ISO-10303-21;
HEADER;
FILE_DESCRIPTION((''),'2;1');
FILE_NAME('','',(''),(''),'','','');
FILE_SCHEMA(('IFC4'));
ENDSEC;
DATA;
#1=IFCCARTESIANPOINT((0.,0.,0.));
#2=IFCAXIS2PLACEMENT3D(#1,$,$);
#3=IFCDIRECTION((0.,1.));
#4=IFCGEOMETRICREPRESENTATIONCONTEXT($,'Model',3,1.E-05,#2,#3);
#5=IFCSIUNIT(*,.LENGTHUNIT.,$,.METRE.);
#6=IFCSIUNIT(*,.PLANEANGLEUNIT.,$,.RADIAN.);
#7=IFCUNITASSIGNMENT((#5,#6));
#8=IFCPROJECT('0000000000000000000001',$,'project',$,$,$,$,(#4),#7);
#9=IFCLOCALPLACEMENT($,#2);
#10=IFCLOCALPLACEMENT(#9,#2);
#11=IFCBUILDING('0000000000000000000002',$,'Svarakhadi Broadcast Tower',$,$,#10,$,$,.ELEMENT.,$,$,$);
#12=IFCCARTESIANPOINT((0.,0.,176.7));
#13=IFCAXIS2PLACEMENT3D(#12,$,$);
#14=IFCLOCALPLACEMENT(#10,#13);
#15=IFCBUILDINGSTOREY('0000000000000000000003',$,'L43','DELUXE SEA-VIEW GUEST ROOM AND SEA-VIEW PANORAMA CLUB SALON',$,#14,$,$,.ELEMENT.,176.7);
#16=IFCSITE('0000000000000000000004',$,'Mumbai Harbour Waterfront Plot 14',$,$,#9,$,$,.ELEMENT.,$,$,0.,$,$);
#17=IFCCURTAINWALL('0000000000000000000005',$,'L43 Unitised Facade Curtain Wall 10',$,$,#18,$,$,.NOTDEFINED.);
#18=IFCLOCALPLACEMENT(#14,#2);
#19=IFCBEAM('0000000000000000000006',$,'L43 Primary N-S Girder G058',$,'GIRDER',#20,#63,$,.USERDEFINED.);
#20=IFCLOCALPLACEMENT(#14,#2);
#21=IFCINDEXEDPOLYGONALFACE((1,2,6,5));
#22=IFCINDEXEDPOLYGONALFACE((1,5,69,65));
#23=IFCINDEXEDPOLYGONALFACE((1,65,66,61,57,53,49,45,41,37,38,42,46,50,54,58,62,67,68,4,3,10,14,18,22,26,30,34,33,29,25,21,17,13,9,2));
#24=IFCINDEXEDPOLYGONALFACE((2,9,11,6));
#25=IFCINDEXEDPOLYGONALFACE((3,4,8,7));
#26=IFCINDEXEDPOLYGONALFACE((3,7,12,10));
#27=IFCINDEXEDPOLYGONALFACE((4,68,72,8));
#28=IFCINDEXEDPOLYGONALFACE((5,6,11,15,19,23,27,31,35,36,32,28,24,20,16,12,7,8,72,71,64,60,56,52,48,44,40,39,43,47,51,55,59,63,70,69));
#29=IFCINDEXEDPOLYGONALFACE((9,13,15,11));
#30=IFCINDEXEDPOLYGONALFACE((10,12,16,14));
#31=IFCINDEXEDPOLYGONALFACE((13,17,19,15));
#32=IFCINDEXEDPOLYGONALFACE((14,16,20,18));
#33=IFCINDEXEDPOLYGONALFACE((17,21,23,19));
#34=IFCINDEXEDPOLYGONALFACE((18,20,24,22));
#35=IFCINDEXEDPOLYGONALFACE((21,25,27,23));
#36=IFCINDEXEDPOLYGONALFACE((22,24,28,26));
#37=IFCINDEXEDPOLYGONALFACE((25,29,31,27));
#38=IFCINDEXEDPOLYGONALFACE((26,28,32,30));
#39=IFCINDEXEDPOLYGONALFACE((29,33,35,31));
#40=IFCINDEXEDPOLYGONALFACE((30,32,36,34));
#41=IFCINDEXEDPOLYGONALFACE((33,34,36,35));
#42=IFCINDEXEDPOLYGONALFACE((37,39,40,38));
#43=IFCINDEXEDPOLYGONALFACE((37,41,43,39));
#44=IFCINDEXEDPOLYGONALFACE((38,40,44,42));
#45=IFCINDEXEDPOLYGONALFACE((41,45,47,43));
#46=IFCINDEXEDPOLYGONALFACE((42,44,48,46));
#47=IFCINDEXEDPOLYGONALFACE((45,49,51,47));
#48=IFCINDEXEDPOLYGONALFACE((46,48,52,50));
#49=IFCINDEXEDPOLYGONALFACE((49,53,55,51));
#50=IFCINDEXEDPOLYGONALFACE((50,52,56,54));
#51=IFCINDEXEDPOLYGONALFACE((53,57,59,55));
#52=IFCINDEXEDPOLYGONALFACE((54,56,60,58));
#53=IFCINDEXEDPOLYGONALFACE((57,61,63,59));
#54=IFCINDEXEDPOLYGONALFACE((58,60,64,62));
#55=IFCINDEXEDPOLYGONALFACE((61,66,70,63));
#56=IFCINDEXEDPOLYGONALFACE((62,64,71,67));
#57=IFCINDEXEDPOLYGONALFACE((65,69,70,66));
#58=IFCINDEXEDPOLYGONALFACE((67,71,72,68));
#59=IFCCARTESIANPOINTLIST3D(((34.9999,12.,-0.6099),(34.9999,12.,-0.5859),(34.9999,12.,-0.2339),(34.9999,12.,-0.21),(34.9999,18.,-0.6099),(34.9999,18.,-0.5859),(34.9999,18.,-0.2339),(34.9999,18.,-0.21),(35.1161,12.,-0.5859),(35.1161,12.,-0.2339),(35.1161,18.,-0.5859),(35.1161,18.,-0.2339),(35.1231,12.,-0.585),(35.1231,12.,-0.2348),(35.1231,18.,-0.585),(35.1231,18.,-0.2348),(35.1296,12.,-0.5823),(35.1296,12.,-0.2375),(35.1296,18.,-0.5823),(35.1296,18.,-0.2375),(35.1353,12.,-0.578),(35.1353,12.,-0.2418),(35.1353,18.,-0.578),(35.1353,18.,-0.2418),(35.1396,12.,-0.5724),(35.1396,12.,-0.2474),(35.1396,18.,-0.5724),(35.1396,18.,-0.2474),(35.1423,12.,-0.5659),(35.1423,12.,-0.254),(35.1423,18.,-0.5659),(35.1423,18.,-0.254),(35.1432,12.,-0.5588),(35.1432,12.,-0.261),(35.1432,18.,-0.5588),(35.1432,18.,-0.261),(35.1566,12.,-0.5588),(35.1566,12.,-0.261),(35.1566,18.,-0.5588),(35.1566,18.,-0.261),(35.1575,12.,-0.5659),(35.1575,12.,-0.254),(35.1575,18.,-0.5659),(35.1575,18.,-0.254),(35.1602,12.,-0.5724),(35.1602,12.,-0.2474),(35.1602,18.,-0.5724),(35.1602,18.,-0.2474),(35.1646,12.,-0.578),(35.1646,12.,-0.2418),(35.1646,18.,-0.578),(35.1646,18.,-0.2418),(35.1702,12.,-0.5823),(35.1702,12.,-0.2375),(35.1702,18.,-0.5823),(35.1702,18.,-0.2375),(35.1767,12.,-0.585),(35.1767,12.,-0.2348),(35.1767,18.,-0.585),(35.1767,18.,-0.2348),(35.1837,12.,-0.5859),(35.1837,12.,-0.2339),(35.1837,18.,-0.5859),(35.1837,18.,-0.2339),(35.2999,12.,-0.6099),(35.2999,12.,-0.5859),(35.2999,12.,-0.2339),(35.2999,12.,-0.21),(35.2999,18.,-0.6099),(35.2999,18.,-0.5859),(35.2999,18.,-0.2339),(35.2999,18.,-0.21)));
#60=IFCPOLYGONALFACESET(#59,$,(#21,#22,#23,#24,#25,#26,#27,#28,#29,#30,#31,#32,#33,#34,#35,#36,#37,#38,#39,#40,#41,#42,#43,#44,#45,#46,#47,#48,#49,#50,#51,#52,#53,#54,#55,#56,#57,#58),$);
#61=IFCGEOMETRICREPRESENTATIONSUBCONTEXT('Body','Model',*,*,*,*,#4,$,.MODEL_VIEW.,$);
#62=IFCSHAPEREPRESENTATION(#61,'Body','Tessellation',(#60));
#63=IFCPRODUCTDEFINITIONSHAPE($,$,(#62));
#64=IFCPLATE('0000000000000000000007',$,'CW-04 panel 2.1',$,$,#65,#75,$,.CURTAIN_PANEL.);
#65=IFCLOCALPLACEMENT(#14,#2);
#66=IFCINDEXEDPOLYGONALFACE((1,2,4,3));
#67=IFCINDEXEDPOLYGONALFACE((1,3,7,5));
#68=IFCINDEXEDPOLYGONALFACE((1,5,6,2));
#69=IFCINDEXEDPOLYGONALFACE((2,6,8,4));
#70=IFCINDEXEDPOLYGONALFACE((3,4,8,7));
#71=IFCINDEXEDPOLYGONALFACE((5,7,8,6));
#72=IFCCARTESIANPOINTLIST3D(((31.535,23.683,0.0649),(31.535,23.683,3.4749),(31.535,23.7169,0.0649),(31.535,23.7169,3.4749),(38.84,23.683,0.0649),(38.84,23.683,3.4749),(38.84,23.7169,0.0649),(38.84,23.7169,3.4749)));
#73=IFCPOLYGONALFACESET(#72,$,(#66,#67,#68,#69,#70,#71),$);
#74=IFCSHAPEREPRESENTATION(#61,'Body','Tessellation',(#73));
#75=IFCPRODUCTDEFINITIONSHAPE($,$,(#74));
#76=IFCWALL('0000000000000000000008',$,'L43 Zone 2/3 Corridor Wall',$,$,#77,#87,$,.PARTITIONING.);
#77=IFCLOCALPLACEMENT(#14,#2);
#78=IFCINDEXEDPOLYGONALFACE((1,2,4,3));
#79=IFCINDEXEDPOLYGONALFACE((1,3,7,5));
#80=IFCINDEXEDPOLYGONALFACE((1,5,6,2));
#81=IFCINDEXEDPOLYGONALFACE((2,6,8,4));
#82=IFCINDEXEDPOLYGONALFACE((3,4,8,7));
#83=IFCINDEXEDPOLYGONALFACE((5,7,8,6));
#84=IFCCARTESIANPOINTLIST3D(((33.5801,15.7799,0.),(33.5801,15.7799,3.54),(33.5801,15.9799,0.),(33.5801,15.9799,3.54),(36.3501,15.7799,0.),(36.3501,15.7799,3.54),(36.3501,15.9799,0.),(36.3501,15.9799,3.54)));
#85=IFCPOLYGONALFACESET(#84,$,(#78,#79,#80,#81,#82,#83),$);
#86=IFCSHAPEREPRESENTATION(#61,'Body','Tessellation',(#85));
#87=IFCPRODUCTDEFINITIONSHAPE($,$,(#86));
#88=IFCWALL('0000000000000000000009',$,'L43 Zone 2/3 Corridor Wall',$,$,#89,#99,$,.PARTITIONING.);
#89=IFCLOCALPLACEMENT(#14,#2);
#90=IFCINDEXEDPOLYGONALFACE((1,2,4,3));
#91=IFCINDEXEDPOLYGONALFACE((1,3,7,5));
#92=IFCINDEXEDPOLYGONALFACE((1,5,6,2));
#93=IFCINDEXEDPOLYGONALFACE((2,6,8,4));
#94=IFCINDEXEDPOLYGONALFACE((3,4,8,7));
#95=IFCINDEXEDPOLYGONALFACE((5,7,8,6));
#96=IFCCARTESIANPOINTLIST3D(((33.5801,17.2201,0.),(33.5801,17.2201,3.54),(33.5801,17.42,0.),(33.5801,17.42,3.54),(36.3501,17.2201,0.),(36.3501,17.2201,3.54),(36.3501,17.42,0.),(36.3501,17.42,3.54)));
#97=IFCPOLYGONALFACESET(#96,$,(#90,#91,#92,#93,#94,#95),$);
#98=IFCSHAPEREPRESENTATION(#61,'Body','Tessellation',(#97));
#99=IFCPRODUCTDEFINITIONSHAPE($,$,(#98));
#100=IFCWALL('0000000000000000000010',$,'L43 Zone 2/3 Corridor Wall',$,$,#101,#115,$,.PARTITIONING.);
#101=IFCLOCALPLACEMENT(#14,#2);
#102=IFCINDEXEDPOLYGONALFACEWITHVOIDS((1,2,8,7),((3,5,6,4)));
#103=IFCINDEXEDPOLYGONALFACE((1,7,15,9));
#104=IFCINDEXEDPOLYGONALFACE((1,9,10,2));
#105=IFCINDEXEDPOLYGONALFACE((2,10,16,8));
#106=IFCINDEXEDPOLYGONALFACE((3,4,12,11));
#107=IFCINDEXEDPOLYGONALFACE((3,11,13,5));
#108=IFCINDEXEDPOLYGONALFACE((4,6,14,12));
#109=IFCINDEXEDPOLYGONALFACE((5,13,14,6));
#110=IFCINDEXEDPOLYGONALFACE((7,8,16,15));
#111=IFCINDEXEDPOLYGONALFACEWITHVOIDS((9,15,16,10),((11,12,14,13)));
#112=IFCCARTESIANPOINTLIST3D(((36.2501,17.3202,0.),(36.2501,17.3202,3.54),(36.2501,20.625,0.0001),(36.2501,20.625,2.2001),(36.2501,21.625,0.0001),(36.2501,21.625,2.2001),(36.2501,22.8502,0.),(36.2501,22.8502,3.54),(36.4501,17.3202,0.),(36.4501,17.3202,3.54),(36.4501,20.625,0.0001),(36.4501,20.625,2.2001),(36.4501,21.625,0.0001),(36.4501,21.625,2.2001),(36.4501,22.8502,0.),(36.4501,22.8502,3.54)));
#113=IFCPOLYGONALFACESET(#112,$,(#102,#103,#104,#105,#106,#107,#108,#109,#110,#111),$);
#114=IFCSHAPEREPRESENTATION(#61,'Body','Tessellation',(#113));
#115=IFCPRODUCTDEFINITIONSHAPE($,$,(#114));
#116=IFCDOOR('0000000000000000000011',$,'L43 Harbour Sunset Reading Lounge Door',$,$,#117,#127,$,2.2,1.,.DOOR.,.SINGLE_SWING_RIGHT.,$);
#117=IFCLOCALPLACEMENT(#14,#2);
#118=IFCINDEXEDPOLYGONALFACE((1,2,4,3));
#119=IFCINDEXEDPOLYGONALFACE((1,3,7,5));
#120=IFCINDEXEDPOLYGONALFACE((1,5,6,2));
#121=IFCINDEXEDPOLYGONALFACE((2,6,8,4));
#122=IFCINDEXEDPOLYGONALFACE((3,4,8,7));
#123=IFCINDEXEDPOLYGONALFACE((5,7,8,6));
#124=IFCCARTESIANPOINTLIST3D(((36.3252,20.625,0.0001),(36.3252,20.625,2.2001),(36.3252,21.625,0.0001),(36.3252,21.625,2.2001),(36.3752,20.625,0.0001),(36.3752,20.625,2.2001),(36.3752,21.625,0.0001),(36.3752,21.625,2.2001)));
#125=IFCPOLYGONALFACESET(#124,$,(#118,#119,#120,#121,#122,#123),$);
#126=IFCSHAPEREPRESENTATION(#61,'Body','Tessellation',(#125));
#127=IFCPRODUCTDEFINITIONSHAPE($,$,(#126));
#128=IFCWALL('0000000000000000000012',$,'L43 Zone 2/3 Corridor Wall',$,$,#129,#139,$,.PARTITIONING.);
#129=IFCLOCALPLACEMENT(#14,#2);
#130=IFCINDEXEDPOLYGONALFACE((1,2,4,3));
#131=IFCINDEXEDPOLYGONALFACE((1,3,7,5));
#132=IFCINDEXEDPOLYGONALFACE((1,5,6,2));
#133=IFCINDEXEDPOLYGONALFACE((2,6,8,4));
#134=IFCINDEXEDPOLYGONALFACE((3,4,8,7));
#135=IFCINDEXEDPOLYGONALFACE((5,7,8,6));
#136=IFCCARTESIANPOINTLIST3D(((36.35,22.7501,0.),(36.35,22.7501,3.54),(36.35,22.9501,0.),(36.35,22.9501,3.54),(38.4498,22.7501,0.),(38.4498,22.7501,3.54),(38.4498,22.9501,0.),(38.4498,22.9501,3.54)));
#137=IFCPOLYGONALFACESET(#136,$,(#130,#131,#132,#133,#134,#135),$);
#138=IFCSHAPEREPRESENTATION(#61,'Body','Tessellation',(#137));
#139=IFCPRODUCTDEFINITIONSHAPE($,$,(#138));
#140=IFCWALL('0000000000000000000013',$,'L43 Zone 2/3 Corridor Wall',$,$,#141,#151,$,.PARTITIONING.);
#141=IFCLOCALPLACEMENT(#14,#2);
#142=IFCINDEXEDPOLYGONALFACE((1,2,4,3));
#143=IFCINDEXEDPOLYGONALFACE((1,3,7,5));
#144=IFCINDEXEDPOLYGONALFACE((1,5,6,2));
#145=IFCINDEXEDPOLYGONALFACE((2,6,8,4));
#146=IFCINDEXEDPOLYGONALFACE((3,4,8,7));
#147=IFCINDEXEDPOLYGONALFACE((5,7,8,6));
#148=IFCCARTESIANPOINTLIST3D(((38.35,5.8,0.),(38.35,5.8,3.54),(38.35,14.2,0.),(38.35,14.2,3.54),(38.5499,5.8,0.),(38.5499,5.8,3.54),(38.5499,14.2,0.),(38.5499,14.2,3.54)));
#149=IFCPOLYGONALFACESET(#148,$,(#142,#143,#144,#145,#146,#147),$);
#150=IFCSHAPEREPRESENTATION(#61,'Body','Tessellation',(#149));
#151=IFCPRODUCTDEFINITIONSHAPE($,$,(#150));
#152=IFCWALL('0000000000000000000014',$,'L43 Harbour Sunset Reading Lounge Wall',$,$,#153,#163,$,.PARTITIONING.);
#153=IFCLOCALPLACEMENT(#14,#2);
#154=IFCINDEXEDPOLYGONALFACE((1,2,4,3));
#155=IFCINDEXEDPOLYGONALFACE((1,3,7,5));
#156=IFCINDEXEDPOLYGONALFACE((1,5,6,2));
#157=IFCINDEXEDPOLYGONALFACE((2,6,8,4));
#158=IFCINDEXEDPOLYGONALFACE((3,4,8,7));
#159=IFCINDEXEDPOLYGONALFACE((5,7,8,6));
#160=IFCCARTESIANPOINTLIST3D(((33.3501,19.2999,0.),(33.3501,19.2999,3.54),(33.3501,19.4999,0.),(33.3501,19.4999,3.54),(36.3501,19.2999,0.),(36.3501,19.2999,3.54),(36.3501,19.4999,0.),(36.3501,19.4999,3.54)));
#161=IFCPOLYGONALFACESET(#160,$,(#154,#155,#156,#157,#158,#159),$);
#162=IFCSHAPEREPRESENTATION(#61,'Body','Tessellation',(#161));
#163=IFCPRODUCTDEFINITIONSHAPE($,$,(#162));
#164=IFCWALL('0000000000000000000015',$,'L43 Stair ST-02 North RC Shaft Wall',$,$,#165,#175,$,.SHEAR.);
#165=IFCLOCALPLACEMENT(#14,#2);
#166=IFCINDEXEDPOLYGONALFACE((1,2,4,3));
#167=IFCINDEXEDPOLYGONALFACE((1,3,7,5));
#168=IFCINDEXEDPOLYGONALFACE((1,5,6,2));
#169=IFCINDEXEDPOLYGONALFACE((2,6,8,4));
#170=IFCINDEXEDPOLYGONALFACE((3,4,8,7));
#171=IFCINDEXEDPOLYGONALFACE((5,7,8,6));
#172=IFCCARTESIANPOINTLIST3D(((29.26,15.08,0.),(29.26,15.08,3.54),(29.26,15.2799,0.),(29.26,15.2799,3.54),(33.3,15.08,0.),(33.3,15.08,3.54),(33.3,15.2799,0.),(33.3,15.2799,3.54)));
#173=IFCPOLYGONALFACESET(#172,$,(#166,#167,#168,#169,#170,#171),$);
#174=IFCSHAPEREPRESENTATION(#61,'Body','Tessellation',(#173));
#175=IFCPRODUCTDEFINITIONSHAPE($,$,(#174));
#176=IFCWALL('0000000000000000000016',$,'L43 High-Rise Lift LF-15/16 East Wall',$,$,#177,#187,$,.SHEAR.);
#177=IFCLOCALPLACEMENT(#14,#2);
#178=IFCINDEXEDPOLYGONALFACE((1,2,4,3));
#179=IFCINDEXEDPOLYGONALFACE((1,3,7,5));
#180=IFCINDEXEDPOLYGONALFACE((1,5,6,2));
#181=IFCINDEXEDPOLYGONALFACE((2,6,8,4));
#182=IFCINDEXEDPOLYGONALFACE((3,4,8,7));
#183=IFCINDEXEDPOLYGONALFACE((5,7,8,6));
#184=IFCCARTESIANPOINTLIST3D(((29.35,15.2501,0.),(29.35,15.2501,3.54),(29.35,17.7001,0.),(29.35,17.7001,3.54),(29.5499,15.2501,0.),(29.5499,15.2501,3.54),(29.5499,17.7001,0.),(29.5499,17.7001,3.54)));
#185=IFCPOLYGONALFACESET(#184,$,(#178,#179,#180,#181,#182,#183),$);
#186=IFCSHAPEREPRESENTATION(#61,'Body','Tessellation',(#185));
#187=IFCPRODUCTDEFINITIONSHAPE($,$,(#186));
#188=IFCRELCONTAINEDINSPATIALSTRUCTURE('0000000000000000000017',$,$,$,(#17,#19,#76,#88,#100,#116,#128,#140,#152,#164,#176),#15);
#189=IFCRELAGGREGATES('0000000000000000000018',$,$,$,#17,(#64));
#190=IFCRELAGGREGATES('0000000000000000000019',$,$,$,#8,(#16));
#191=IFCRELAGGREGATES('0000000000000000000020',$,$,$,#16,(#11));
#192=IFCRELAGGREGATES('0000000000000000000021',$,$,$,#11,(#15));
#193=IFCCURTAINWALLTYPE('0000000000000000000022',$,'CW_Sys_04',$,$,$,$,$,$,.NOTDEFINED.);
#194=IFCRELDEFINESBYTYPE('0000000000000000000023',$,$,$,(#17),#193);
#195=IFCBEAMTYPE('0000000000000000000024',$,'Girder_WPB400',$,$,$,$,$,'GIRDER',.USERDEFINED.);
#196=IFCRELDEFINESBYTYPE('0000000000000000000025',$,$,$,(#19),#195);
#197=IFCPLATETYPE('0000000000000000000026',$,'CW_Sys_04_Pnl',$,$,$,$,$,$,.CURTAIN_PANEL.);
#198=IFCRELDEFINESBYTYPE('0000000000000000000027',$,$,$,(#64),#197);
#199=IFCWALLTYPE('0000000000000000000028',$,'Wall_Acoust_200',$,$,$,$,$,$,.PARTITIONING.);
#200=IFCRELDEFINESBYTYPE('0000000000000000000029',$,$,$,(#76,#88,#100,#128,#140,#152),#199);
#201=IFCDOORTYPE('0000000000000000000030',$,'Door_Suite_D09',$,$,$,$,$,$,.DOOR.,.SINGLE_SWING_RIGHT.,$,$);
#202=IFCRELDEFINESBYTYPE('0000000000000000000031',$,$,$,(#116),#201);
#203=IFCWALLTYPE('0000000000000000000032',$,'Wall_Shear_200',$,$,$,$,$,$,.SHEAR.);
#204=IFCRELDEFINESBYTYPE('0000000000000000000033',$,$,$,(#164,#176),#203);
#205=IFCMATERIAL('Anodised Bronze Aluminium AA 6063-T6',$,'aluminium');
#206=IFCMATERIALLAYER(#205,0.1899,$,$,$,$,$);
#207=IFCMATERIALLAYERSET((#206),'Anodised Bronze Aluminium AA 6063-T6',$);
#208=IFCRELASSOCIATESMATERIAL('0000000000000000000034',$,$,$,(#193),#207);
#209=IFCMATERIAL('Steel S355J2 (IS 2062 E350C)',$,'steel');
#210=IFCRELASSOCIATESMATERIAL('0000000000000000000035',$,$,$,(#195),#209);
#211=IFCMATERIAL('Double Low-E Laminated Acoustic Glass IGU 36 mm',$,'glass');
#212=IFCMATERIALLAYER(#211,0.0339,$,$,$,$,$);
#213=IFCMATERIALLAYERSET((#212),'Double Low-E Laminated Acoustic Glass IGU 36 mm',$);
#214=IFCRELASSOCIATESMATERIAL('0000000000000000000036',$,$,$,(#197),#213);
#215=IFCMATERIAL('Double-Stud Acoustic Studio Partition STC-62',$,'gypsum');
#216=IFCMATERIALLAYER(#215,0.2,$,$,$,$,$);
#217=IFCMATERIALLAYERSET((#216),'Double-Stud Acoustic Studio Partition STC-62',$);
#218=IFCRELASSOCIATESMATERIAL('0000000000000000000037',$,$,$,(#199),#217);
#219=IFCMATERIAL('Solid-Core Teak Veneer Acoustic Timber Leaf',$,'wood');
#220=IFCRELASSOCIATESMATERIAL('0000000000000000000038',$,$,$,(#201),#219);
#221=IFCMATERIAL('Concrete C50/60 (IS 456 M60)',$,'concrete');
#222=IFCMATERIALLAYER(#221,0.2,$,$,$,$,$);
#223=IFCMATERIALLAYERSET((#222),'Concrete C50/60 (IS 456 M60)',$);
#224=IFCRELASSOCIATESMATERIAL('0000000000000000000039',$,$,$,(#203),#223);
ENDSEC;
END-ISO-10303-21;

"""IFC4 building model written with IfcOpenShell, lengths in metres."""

from ifc_helpers import new_model, si_unit, direction, frame, frame_2d, origin, origin_2d, place, context, subcontext, project, spatial, rectangle, i_section, extrude, material, layer, layer_set, material_profile, profile_set, type_object, element, fill, aggregate, save


model = new_model("IFC4")

# Units and contexts
model_context = context("Model", 3, precision=1e-05, world=origin(), true_north=direction((0.0, 1.0)))
body_context = subcontext(model_context, "Body", "Model", "MODEL_VIEW")
ifc_project = project(units=[si_unit("LENGTHUNIT", "METRE"), si_unit("PLANEANGLEUNIT", "RADIAN")], contexts=[model_context])

# Site, building, storey
site_placement = place(None, origin())
site = spatial("IfcSite", under=ifc_project, at=site_placement, Name="Mumbai Harbour Waterfront Plot 14", CompositionType="ELEMENT", RefElevation=0.0)
building_placement = place(site_placement, origin())
building = spatial("IfcBuilding", under=site, at=building_placement, Name="Svarakhadi Broadcast Tower", CompositionType="ELEMENT")
storey_placement = place(building_placement, frame((0.0, 0.0, 176.7)))
storey = spatial("IfcBuildingStorey", under=building, at=storey_placement, Name="L43", Description="DELUXE SEA-VIEW GUEST ROOM AND SEA-VIEW PANORAMA CLUB SALON", CompositionType="ELEMENT", Elevation=176.7)

# Shared definitions
ifc_material_1 = material(Name="Concrete C50/60 (IS 456 M60)", Category="concrete")

# Shared definitions
ifc_material_2 = material(Name="Steel S355J2 (IS 2062 E350C)", Category="steel")

# Curtain wall
ifc_material_3 = material(Name="Anodised Bronze Aluminium AA 6063-T6", Category="aluminium")
ifc_layer_1 = layer(ifc_material_3, 0.1899)
ifc_layer_set_1 = layer_set([ifc_layer_1], Name="Anodised Bronze Aluminium AA 6063-T6")
curtain_wall_type = type_object("IfcCurtainWallType", Name="CW_Sys_04", PredefinedType="NOTDEFINED", material=ifc_layer_set_1)
curtain_wall_placement = place(storey_placement, origin())
curtain_wall = element("IfcCurtainWall", 1, at=curtain_wall_placement, inside=storey, type_object=curtain_wall_type, Name="L43 Unitised Facade Curtain Wall 10", PredefinedType="NOTDEFINED")

# Beam
ifc_material_profile_1 = material_profile(ifc_material_2, i_section(OverallWidth=0.3, OverallDepth=0.3999, WebThickness=0.0134, FlangeThickness=0.0239, FilletRadius=0.0271, at=origin_2d()), Name="WPB 400x300x155")
ifc_profile_set_1 = profile_set([ifc_material_profile_1], Name="Steel S355J2 (IS 2062 E350C)")
beam_type_1 = type_object("IfcBeamType", Name="Girder_WPB400", ElementType="GIRDER", PredefinedType="USERDEFINED", material=ifc_profile_set_1)
beam_1_placement = place(storey_placement, frame((35.1499, 12.0, -0.4099), z_axis=(0.0, 1.0, 0.0), x_axis=(-1.0, 0.0, 0.0)))
element("IfcBeam", 2, at=beam_1_placement, inside=storey, type_object=beam_type_1, Name="L43 Primary N-S Girder G058", ObjectType="GIRDER", PredefinedType="USERDEFINED", context=body_context, shape_type="SweptSolid", body=[
    extrude(i_section(OverallWidth=0.3, OverallDepth=0.3999, WebThickness=0.0134, FlangeThickness=0.0239, FilletRadius=0.0271, at=origin_2d()), origin(), (0.0, 0.0, 1.0), 6.0),
])

# Plate
ifc_material_4 = material(Name="Double Low-E Laminated Acoustic Glass IGU 36 mm", Category="glass")
ifc_layer_2 = layer(ifc_material_4, 0.0339)
ifc_layer_set_2 = layer_set([ifc_layer_2], Name="Double Low-E Laminated Acoustic Glass IGU 36 mm")
plate_type = type_object("IfcPlateType", Name="CW_Sys_04_Pnl", PredefinedType="CURTAIN_PANEL", material=ifc_layer_set_2)
plate_placement = place(storey_placement, frame((35.1875, 23.7, 0.0649), z_axis=(0.0, 0.0, 1.0), x_axis=(1.0, 0.0, 0.0)))
plate = element("IfcPlate", 3, at=plate_placement, type_object=plate_type, Name="CW-04 panel 2.1", PredefinedType="CURTAIN_PANEL", context=body_context, shape_type="SweptSolid", body=[
    extrude(rectangle(XDim=7.3049, YDim=0.0339, at=origin_2d()), origin(), (0.0, 0.0, 1.0), 3.4099),
])
aggregate(curtain_wall, [plate])

# Walls
ifc_material_5 = material(Name="Double-Stud Acoustic Studio Partition STC-62", Category="gypsum")
ifc_layer_3 = layer(ifc_material_5, 0.2)
ifc_layer_set_3 = layer_set([ifc_layer_3], Name="Double-Stud Acoustic Studio Partition STC-62")
wall_type_1 = type_object("IfcWallType", Name="Wall_Acoust_200", PredefinedType="PARTITIONING", material=ifc_layer_set_3)
for number, where, z_axis, x_axis, name in (
    (4, (36.3501, 15.8799, 0.0), (0.0, 0.0, 1.0), (-1.0, 0.0, 0.0), "L43 Zone 2/3 Corridor Wall"),
    (5, (33.5801, 17.3201, 0.0), (0.0, 0.0, 1.0), (1.0, 0.0, 0.0), "L43 Zone 2/3 Corridor Wall"),
):
    element("IfcWall", number, at=place(storey_placement, frame(where, z_axis=z_axis, x_axis=x_axis)), inside=storey, type_object=wall_type_1, Name=name, PredefinedType="PARTITIONING", context=body_context, shape_type="SweptSolid", body=[
        extrude(rectangle(XDim=2.77, YDim=0.2, at=frame_2d((1.385, 0.0))), origin(), (0.0, 0.0, 1.0), 3.54),
    ])

# Wall, opening, door
wall_1_placement = place(storey_placement, frame((36.3501, 17.3201, 0.0), z_axis=(0.0, 0.0, 1.0), x_axis=(0.0, 1.0, 0.0)))
wall_1 = element("IfcWall", 6, at=wall_1_placement, inside=storey, type_object=wall_type_1, Name="L43 Zone 2/3 Corridor Wall", PredefinedType="PARTITIONING", context=body_context, shape_type="SweptSolid", body=[
    extrude(rectangle(XDim=5.53, YDim=0.2, at=frame_2d((2.7651, 0.0))), origin(), (0.0, 0.0, 1.0), 3.54),
])
opening_1_placement = place(wall_1_placement, frame((3.3049, 0.0, 0.0)))
opening_1 = element("IfcOpeningElement", 7, at=opening_1_placement, cuts=wall_1, PredefinedType="OPENING", context=body_context, shape_type="SweptSolid", body=[
    extrude(rectangle(XDim=1.0, YDim=2.2, at=frame_2d((0.5, 1.1001))), frame((0.0, 0.1099, 0.0), z_axis=(0.0, -1.0, 0.0), x_axis=(1.0, 0.0, 0.0)), (0.0, 0.0, 1.0), 0.22),
])
ifc_material_6 = material(Name="Solid-Core Teak Veneer Acoustic Timber Leaf", Category="wood")
door_type_1 = type_object("IfcDoorType", Name="Door_Suite_D09", OperationType="SINGLE_SWING_RIGHT", PredefinedType="DOOR", material=ifc_material_6)
door_1_placement = place(opening_1_placement, origin())
door_1 = element("IfcDoor", 8, at=door_1_placement, inside=storey, type_object=door_type_1, Name="L43 Harbour Sunset Reading Lounge Door", OperationType="SINGLE_SWING_RIGHT", OverallHeight=2.2, OverallWidth=1.0, PredefinedType="DOOR", context=body_context, shape_type="SweptSolid", body=[
    extrude(rectangle(XDim=1.0, YDim=2.2, at=frame_2d((0.5, 1.1001))), frame((0.0, 0.0249, 0.0), z_axis=(0.0, -1.0, 0.0), x_axis=(1.0, 0.0, 0.0)), (0.0, 0.0, 1.0), 0.05),
])
fill(opening_1, door_1)

# Walls
wall_2_placement = place(storey_placement, frame((36.3501, 22.8501, 0.0), z_axis=(0.0, 0.0, 1.0), x_axis=(1.0, 0.0, 0.0)))
element("IfcWall", 9, at=wall_2_placement, inside=storey, type_object=wall_type_1, Name="L43 Zone 2/3 Corridor Wall", PredefinedType="PARTITIONING", context=body_context, shape_type="SweptSolid", body=[
    extrude(rectangle(XDim=2.0999, YDim=0.2, at=frame_2d((1.0498, 0.0))), origin(), (0.0, 0.0, 1.0), 3.54),
])
wall_3_placement = place(storey_placement, frame((38.45, 14.2, 0.0), z_axis=(0.0, 0.0, 1.0), x_axis=(0.0, -1.0, 0.0)))
element("IfcWall", 10, at=wall_3_placement, inside=storey, type_object=wall_type_1, Name="L43 Zone 2/3 Corridor Wall", PredefinedType="PARTITIONING", context=body_context, shape_type="SweptSolid", body=[
    extrude(rectangle(XDim=8.3999, YDim=0.2, at=frame_2d((4.2, 0.0))), origin(), (0.0, 0.0, 1.0), 3.54),
])
wall_4_placement = place(storey_placement, frame((33.3501, 19.3999, 0.0), z_axis=(0.0, 0.0, 1.0), x_axis=(1.0, 0.0, 0.0)))
element("IfcWall", 11, at=wall_4_placement, inside=storey, type_object=wall_type_1, Name="L43 Harbour Sunset Reading Lounge Wall", PredefinedType="PARTITIONING", context=body_context, shape_type="SweptSolid", body=[
    extrude(rectangle(XDim=3.0, YDim=0.2, at=frame_2d((1.5, 0.0))), origin(), (0.0, 0.0, 1.0), 3.54),
])

# Walls
ifc_layer_4 = layer(ifc_material_1, 0.2)
ifc_layer_set_4 = layer_set([ifc_layer_4], Name="Concrete C50/60 (IS 456 M60)")
wall_type_2 = type_object("IfcWallType", Name="Wall_Shear_200", PredefinedType="SHEAR", material=ifc_layer_set_4)
wall_5_placement = place(storey_placement, frame((29.26, 15.1799, 0.0), z_axis=(0.0, 0.0, 1.0), x_axis=(1.0, 0.0, 0.0)))
element("IfcWall", 12, at=wall_5_placement, inside=storey, type_object=wall_type_2, Name="L43 Stair ST-02 North RC Shaft Wall", PredefinedType="SHEAR", context=body_context, shape_type="SweptSolid", body=[
    extrude(rectangle(XDim=4.04, YDim=0.2, at=frame_2d((2.02, 0.0))), origin(), (0.0, 0.0, 1.0), 3.54),
])
wall_6_placement = place(storey_placement, frame((29.45, 15.25, 0.0), z_axis=(0.0, 0.0, 1.0), x_axis=(0.0, 1.0, 0.0)))
element("IfcWall", 13, at=wall_6_placement, inside=storey, type_object=wall_type_2, Name="L43 High-Rise Lift LF-15/16 East Wall", PredefinedType="SHEAR", context=body_context, shape_type="SweptSolid", body=[
    extrude(rectangle(XDim=2.45, YDim=0.2, at=frame_2d((1.2251, 0.0))), origin(), (0.0, 0.0, 1.0), 3.54),
])

save(model, "model.ifc")
